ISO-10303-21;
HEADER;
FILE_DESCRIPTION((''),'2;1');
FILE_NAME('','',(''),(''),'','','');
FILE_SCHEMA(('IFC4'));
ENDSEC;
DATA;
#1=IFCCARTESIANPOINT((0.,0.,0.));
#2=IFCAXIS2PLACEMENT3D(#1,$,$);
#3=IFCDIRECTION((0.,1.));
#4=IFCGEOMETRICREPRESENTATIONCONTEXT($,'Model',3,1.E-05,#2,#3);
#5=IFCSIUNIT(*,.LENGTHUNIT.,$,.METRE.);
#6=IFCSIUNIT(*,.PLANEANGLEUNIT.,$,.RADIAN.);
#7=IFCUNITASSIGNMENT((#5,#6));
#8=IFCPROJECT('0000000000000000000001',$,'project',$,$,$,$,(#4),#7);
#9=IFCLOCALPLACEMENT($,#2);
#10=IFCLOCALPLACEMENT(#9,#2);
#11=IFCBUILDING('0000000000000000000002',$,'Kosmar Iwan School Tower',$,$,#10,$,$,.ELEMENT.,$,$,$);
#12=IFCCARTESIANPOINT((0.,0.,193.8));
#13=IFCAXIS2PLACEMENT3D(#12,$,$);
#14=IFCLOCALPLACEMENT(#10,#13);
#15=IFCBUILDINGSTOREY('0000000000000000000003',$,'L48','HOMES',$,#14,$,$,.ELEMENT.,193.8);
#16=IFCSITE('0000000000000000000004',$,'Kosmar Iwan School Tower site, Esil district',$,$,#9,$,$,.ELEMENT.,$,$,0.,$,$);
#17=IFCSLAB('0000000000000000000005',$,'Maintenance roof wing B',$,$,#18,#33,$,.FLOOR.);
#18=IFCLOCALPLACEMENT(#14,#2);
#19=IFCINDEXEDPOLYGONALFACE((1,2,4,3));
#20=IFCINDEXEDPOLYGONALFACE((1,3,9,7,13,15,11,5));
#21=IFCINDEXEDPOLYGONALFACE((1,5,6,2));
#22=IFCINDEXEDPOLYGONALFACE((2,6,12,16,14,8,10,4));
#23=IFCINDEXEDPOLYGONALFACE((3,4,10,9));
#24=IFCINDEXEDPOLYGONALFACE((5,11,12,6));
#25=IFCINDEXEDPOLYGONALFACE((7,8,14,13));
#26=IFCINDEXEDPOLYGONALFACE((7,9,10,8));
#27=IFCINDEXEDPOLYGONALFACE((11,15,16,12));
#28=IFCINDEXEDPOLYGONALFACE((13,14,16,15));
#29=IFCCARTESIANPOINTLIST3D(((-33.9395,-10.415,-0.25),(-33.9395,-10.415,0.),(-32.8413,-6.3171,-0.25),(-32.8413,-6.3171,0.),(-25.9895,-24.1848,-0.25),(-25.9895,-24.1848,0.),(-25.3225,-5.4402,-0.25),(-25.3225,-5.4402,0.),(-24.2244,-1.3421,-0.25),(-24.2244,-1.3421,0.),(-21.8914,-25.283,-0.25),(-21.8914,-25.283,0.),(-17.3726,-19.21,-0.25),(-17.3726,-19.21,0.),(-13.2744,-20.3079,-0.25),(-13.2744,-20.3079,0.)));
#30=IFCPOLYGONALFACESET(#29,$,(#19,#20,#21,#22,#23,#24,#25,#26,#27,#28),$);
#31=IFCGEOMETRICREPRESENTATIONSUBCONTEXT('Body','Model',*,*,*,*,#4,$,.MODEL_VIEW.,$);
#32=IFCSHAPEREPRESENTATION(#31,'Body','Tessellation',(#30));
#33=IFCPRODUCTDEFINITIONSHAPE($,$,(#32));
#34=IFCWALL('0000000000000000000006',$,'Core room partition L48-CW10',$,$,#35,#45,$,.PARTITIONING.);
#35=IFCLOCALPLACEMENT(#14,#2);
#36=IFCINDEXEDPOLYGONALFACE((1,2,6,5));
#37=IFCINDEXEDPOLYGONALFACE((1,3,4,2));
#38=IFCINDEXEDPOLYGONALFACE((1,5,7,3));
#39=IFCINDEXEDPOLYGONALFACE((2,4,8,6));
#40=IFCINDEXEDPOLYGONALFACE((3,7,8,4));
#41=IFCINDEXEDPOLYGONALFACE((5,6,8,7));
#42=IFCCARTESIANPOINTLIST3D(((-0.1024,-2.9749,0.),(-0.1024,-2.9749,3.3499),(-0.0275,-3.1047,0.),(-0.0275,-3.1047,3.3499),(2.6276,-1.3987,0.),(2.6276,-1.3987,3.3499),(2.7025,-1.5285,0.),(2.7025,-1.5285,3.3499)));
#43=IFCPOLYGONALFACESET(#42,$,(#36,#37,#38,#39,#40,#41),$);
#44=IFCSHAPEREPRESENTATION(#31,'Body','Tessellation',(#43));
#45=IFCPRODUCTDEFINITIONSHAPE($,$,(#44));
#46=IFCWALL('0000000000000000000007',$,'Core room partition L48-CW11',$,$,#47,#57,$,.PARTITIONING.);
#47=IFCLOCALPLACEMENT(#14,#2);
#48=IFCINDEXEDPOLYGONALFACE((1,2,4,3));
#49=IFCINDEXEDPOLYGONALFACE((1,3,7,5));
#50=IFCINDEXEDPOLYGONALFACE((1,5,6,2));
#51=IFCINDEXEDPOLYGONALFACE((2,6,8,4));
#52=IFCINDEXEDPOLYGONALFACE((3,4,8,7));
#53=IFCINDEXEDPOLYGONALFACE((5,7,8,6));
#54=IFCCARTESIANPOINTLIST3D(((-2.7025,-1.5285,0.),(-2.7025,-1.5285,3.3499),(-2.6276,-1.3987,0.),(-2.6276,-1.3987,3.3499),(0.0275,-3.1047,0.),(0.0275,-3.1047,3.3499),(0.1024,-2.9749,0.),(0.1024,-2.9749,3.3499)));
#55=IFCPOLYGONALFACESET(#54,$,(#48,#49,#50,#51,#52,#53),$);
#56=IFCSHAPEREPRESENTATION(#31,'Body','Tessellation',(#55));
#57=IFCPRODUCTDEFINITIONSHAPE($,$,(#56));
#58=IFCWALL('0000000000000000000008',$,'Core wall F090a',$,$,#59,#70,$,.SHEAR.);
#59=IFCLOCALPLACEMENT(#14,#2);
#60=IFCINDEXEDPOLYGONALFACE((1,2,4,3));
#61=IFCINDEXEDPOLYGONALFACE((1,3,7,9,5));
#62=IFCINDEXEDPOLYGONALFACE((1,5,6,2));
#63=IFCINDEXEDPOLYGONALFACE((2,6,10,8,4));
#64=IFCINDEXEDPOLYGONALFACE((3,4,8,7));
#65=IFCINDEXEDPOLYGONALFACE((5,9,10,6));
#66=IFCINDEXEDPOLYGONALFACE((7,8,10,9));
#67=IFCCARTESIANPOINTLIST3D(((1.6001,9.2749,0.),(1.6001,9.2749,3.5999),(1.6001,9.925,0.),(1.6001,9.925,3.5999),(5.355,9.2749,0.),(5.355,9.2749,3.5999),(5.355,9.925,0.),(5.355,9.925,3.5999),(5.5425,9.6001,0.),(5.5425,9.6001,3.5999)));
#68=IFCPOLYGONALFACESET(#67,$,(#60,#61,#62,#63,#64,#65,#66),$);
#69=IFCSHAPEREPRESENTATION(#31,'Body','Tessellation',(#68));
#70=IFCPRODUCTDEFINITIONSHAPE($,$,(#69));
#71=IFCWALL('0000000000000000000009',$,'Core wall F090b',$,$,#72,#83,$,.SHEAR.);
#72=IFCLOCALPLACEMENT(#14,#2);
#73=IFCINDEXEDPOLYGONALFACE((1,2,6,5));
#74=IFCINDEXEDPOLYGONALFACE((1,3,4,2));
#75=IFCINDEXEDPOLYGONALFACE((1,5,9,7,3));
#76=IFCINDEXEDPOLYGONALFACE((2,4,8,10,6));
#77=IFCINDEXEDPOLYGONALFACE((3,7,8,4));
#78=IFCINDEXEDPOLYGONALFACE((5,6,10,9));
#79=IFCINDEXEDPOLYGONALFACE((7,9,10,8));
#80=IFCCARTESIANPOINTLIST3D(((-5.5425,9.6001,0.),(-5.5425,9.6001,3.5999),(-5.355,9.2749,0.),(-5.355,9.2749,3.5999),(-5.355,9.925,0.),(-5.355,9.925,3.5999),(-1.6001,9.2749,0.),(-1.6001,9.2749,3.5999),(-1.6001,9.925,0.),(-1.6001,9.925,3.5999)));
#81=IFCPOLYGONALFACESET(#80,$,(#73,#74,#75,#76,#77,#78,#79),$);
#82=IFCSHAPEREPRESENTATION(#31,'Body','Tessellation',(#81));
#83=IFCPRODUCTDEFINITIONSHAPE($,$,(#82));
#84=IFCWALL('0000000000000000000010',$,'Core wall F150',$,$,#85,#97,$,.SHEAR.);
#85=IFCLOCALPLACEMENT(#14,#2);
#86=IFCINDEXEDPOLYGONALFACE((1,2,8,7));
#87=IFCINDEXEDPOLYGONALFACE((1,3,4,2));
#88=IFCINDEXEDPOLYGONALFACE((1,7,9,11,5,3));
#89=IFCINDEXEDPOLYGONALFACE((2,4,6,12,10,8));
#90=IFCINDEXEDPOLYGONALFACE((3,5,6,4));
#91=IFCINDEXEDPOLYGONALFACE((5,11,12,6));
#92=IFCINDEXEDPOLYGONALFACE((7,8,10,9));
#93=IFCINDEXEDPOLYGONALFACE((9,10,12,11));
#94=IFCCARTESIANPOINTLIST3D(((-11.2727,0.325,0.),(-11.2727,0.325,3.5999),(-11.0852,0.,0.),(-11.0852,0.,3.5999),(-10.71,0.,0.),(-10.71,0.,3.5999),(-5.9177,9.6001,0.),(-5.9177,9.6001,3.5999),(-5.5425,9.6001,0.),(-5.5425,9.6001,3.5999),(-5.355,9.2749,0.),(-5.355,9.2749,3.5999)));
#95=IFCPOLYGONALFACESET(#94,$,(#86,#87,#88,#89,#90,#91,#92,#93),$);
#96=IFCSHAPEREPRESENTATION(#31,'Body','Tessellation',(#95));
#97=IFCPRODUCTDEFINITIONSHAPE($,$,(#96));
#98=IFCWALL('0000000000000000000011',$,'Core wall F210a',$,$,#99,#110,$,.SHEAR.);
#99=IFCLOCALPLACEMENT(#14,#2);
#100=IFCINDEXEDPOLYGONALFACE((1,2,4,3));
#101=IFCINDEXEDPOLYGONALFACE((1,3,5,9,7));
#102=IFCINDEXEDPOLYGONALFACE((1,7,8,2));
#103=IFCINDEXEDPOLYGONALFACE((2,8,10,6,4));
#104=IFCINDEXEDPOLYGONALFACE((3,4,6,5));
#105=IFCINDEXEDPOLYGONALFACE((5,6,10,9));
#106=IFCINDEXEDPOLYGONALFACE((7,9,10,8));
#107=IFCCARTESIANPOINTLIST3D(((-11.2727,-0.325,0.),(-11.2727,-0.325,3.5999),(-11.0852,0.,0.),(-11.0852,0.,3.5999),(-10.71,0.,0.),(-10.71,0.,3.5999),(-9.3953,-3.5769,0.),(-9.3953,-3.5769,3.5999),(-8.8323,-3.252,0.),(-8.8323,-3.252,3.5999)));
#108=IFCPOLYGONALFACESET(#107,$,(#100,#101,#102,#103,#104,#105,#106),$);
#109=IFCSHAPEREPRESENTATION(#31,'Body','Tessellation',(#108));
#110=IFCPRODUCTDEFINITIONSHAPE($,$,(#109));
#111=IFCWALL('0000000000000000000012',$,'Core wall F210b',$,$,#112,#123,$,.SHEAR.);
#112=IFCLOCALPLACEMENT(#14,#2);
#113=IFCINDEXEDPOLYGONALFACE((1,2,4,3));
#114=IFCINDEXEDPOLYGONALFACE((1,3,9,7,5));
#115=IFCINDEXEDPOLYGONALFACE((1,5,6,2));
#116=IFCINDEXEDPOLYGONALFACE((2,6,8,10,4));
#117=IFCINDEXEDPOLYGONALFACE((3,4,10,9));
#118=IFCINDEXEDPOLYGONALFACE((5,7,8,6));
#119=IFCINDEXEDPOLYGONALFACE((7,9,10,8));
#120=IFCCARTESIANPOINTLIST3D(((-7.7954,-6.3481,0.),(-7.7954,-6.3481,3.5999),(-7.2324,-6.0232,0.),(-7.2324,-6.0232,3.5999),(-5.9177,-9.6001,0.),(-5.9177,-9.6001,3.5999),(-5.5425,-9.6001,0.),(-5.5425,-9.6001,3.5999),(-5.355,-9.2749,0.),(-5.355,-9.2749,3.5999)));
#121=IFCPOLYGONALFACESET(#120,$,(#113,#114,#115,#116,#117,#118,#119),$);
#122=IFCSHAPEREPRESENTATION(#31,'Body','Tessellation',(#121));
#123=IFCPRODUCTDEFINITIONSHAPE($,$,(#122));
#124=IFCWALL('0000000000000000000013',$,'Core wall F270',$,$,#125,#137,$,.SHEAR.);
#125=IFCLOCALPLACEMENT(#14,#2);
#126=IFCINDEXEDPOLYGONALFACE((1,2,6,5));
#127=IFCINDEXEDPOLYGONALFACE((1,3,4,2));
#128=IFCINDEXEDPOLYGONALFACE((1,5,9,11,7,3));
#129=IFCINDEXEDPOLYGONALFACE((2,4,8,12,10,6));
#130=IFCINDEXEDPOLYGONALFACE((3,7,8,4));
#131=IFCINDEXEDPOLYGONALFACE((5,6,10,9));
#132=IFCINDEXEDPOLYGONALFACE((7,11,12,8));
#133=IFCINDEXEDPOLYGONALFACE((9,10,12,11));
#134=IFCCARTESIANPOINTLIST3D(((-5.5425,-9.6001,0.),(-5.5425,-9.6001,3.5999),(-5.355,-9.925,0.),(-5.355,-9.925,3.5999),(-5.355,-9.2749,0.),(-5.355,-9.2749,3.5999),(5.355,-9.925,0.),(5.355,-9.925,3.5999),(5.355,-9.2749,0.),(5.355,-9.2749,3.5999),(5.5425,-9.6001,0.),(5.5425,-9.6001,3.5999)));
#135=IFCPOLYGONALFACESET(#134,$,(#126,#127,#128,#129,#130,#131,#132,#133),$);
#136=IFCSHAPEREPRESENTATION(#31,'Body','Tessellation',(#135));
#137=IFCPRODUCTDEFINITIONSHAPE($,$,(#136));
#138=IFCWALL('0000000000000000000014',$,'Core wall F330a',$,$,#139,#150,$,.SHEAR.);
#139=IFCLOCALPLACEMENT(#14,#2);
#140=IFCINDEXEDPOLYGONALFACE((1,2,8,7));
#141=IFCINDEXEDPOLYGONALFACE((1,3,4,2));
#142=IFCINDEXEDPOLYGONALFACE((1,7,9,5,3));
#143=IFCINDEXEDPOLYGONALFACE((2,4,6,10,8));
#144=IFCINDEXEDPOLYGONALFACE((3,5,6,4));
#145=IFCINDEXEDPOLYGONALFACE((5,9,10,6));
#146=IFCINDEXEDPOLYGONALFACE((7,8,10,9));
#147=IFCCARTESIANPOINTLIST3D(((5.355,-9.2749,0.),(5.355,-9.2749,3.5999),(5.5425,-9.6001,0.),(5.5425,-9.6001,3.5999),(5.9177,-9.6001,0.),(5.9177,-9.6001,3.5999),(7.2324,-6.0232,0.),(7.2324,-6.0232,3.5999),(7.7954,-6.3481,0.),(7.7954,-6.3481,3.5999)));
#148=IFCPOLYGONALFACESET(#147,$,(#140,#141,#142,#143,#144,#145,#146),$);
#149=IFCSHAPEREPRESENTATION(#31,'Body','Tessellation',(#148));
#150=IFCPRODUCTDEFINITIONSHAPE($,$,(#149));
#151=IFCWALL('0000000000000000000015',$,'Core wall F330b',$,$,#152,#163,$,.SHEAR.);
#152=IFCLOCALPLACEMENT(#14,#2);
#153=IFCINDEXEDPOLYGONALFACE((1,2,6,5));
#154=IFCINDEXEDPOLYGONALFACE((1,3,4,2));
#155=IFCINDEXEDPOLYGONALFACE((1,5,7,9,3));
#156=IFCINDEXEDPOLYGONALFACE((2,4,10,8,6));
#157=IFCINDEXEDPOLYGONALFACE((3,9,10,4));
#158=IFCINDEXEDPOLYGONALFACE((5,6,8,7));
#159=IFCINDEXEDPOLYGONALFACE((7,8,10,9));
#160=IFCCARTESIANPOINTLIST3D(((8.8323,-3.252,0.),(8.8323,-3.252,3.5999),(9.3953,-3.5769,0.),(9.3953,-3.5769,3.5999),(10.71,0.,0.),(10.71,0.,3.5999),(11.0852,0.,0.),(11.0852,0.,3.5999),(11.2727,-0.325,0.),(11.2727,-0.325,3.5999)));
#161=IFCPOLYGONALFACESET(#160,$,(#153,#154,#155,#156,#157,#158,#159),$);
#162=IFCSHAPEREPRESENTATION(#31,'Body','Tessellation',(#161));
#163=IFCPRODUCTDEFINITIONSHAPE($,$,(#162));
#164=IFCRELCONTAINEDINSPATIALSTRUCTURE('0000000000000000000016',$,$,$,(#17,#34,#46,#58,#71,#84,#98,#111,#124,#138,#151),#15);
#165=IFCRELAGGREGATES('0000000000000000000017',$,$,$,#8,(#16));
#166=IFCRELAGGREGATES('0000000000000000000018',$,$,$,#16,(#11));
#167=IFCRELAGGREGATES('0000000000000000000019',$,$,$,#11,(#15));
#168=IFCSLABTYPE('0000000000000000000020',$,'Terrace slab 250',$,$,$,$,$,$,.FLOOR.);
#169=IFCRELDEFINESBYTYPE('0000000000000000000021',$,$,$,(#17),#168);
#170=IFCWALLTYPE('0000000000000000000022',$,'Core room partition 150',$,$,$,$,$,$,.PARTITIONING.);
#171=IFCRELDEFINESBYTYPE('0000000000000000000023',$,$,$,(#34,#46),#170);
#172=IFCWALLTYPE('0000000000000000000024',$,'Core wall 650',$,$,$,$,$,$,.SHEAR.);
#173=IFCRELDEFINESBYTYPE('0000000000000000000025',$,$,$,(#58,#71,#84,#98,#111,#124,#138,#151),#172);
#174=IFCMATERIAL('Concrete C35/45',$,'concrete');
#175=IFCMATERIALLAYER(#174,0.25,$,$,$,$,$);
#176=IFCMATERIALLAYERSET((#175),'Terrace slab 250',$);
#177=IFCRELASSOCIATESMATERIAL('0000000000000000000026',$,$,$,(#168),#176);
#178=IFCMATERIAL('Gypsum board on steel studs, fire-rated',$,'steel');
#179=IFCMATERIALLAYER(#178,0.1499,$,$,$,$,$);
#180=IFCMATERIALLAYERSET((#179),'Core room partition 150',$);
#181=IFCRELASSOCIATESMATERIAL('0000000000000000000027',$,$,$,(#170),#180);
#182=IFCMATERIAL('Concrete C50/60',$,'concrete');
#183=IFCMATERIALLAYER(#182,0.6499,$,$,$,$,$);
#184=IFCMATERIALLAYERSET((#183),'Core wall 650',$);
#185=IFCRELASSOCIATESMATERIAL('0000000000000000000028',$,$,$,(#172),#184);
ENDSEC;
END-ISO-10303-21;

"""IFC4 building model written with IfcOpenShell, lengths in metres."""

from ifc_helpers import new_model, si_unit, direction, frame, frame_2d, origin, place, context, subcontext, project, spatial, polyline, rectangle, outline, extrude, material, layer, layer_set, type_object, element, save


model = new_model("IFC4")

# Units and contexts
model_context = context("Model", 3, precision=1e-05, world=origin(), true_north=direction((0.0, 1.0)))
body_context = subcontext(model_context, "Body", "Model", "MODEL_VIEW")
ifc_project = project(units=[si_unit("LENGTHUNIT", "METRE"), si_unit("PLANEANGLEUNIT", "RADIAN")], contexts=[model_context])

# Site, building, storey
site_placement = place(None, origin())
site = spatial("IfcSite", under=ifc_project, at=site_placement, Name="Kosmar Iwan School Tower site, Esil district", CompositionType="ELEMENT", RefElevation=0.0)
building_placement = place(site_placement, origin())
building = spatial("IfcBuilding", under=site, at=building_placement, Name="Kosmar Iwan School Tower", CompositionType="ELEMENT")
storey_placement = place(building_placement, frame((0.0, 0.0, 193.8)))
storey = spatial("IfcBuildingStorey", under=building, at=storey_placement, Name="L48", Description="HOMES", CompositionType="ELEMENT", Elevation=193.8)

# Slab
ifc_material_1 = material(Name="Concrete C35/45", Category="concrete")
ifc_layer_1 = layer(ifc_material_1, 0.25)
ifc_layer_set_1 = layer_set([ifc_layer_1], Name="Terrace slab 250")
slab_type = type_object("IfcSlabType", Name="Terrace slab 250", PredefinedType="FLOOR", material=ifc_layer_set_1)
slab_placement = place(storey_placement, frame((0.0, 0.0, -0.25)))
element("IfcSlab", 1, at=slab_placement, inside=storey, type_object=slab_type, Name="Maintenance roof wing B", PredefinedType="FLOOR", context=body_context, shape_type="SweptSolid", body=[
    extrude(outline(polyline([(-21.8914, -25.283), (-13.2744, -20.3079), (-17.3726, -19.21), (-25.3225, -5.4402), (-24.2244, -1.342), (-5.4751, 9.4829), (-32.8413, -6.3171), (-33.9395, -10.415), (-25.9895, -24.1848), (-21.8914, -25.283)])), origin(), (0.0, 0.0, 1.0), 0.25),
])

# Walls
ifc_material_2 = material(Name="Gypsum board on steel studs, fire-rated", Category="steel")
ifc_layer_2 = layer(ifc_material_2, 0.1499)
ifc_layer_set_2 = layer_set([ifc_layer_2], Name="Core room partition 150")
wall_type_1 = type_object("IfcWallType", Name="Core room partition 150", PredefinedType="PARTITIONING", material=ifc_layer_set_2)
for number, where, z_axis, x_axis, name in (
    (2, (2.665, -1.4636, 0.0), (0.0, 0.0, 1.0), (-0.866023, -0.500004, 0.0), "Core room partition L48-CW10"),
    (3, (0.0649, -3.0398, 0.0), (0.0, 0.0, 1.0), (-0.866023, 0.500004, 0.0), "Core room partition L48-CW11"),
):
    element("IfcWall", number, at=place(storey_placement, frame(where, z_axis=z_axis, x_axis=x_axis)), inside=storey, type_object=wall_type_1, Name=name, PredefinedType="PARTITIONING", context=body_context, shape_type="SweptSolid", body=[
        extrude(rectangle(XDim=3.1523, YDim=0.1499, at=frame_2d((1.5762, 0.0))), origin(), (0.0, 0.0, 1.0), 3.3499),
    ])
ifc_material_3 = material(Name="Concrete C50/60", Category="concrete")
ifc_layer_3 = layer(ifc_material_3, 0.6499)
ifc_layer_set_3 = layer_set([ifc_layer_3], Name="Core wall 650")
wall_type_2 = type_object("IfcWallType", Name="Core wall 650", PredefinedType="SHEAR", material=ifc_layer_set_3)
wall_1_placement = place(storey_placement, origin())
element("IfcWall", 4, at=wall_1_placement, inside=storey, type_object=wall_type_2, Name="Core wall F090a", PredefinedType="SHEAR", context=body_context, shape_type="SweptSolid", body=[
    extrude(outline(polyline([(1.6001, 9.2749), (5.355, 9.2749), (5.5425, 9.6001), (5.355, 9.925), (1.6001, 9.925), (1.6001, 9.2749)])), origin(), (0.0, 0.0, 1.0), 3.5999),
])
wall_2_placement = place(storey_placement, origin())
element("IfcWall", 5, at=wall_2_placement, inside=storey, type_object=wall_type_2, Name="Core wall F090b", PredefinedType="SHEAR", context=body_context, shape_type="SweptSolid", body=[
    extrude(outline(polyline([(-5.355, 9.2749), (-1.6001, 9.2749), (-1.6001, 9.925), (-5.355, 9.925), (-5.5425, 9.6001), (-5.355, 9.2749)])), origin(), (0.0, 0.0, 1.0), 3.5999),
])
wall_3_placement = place(storey_placement, origin())
element("IfcWall", 6, at=wall_3_placement, inside=storey, type_object=wall_type_2, Name="Core wall F150", PredefinedType="SHEAR", context=body_context, shape_type="SweptSolid", body=[
    extrude(outline(polyline([(-11.0852, 0.0), (-10.71, 0.0), (-5.355, 9.2749), (-5.5425, 9.6001), (-5.9177, 9.6001), (-11.2727, 0.325), (-11.0852, 0.0)])), origin(), (0.0, 0.0, 1.0), 3.5999),
])
wall_4_placement = place(storey_placement, origin())
element("IfcWall", 7, at=wall_4_placement, inside=storey, type_object=wall_type_2, Name="Core wall F210a", PredefinedType="SHEAR", context=body_context, shape_type="SweptSolid", body=[
    extrude(outline(polyline([(-9.3953, -3.5769), (-8.8323, -3.252), (-10.71, 0.0), (-11.0852, 0.0), (-11.2727, -0.325), (-9.3953, -3.5769)])), origin(), (0.0, 0.0, 1.0), 3.5999),
])
wall_5_placement = place(storey_placement, origin())
element("IfcWall", 8, at=wall_5_placement, inside=storey, type_object=wall_type_2, Name="Core wall F210b", PredefinedType="SHEAR", context=body_context, shape_type="SweptSolid", body=[
    extrude(outline(polyline([(-5.9177, -9.6001), (-5.5425, -9.6001), (-5.355, -9.2749), (-7.2324, -6.0232), (-7.7954, -6.3481), (-5.9177, -9.6001)])), origin(), (0.0, 0.0, 1.0), 3.5999),
])
wall_6_placement = place(storey_placement, origin())
element("IfcWall", 9, at=wall_6_placement, inside=storey, type_object=wall_type_2, Name="Core wall F270", PredefinedType="SHEAR", context=body_context, shape_type="SweptSolid", body=[
    extrude(outline(polyline([(-5.355, -9.925), (5.355, -9.925), (5.5425, -9.6001), (5.355, -9.2749), (-5.355, -9.2749), (-5.5425, -9.6001), (-5.355, -9.925)])), origin(), (0.0, 0.0, 1.0), 3.5999),
])
wall_7_placement = place(storey_placement, origin())
element("IfcWall", 10, at=wall_7_placement, inside=storey, type_object=wall_type_2, Name="Core wall F330a", PredefinedType="SHEAR", context=body_context, shape_type="SweptSolid", body=[
    extrude(outline(polyline([(5.5425, -9.6001), (5.9177, -9.6001), (7.7954, -6.3481), (7.2324, -6.0232), (5.355, -9.2749), (5.5425, -9.6001)])), origin(), (0.0, 0.0, 1.0), 3.5999),
])
wall_8_placement = place(storey_placement, origin())
element("IfcWall", 11, at=wall_8_placement, inside=storey, type_object=wall_type_2, Name="Core wall F330b", PredefinedType="SHEAR", context=body_context, shape_type="SweptSolid", body=[
    extrude(outline(polyline([(9.3953, -3.5769), (11.2727, -0.325), (11.0852, 0.0), (10.71, 0.0), (8.8323, -3.252), (9.3953, -3.5769)])), origin(), (0.0, 0.0, 1.0), 3.5999),
])

save(model, "model.ifc")
